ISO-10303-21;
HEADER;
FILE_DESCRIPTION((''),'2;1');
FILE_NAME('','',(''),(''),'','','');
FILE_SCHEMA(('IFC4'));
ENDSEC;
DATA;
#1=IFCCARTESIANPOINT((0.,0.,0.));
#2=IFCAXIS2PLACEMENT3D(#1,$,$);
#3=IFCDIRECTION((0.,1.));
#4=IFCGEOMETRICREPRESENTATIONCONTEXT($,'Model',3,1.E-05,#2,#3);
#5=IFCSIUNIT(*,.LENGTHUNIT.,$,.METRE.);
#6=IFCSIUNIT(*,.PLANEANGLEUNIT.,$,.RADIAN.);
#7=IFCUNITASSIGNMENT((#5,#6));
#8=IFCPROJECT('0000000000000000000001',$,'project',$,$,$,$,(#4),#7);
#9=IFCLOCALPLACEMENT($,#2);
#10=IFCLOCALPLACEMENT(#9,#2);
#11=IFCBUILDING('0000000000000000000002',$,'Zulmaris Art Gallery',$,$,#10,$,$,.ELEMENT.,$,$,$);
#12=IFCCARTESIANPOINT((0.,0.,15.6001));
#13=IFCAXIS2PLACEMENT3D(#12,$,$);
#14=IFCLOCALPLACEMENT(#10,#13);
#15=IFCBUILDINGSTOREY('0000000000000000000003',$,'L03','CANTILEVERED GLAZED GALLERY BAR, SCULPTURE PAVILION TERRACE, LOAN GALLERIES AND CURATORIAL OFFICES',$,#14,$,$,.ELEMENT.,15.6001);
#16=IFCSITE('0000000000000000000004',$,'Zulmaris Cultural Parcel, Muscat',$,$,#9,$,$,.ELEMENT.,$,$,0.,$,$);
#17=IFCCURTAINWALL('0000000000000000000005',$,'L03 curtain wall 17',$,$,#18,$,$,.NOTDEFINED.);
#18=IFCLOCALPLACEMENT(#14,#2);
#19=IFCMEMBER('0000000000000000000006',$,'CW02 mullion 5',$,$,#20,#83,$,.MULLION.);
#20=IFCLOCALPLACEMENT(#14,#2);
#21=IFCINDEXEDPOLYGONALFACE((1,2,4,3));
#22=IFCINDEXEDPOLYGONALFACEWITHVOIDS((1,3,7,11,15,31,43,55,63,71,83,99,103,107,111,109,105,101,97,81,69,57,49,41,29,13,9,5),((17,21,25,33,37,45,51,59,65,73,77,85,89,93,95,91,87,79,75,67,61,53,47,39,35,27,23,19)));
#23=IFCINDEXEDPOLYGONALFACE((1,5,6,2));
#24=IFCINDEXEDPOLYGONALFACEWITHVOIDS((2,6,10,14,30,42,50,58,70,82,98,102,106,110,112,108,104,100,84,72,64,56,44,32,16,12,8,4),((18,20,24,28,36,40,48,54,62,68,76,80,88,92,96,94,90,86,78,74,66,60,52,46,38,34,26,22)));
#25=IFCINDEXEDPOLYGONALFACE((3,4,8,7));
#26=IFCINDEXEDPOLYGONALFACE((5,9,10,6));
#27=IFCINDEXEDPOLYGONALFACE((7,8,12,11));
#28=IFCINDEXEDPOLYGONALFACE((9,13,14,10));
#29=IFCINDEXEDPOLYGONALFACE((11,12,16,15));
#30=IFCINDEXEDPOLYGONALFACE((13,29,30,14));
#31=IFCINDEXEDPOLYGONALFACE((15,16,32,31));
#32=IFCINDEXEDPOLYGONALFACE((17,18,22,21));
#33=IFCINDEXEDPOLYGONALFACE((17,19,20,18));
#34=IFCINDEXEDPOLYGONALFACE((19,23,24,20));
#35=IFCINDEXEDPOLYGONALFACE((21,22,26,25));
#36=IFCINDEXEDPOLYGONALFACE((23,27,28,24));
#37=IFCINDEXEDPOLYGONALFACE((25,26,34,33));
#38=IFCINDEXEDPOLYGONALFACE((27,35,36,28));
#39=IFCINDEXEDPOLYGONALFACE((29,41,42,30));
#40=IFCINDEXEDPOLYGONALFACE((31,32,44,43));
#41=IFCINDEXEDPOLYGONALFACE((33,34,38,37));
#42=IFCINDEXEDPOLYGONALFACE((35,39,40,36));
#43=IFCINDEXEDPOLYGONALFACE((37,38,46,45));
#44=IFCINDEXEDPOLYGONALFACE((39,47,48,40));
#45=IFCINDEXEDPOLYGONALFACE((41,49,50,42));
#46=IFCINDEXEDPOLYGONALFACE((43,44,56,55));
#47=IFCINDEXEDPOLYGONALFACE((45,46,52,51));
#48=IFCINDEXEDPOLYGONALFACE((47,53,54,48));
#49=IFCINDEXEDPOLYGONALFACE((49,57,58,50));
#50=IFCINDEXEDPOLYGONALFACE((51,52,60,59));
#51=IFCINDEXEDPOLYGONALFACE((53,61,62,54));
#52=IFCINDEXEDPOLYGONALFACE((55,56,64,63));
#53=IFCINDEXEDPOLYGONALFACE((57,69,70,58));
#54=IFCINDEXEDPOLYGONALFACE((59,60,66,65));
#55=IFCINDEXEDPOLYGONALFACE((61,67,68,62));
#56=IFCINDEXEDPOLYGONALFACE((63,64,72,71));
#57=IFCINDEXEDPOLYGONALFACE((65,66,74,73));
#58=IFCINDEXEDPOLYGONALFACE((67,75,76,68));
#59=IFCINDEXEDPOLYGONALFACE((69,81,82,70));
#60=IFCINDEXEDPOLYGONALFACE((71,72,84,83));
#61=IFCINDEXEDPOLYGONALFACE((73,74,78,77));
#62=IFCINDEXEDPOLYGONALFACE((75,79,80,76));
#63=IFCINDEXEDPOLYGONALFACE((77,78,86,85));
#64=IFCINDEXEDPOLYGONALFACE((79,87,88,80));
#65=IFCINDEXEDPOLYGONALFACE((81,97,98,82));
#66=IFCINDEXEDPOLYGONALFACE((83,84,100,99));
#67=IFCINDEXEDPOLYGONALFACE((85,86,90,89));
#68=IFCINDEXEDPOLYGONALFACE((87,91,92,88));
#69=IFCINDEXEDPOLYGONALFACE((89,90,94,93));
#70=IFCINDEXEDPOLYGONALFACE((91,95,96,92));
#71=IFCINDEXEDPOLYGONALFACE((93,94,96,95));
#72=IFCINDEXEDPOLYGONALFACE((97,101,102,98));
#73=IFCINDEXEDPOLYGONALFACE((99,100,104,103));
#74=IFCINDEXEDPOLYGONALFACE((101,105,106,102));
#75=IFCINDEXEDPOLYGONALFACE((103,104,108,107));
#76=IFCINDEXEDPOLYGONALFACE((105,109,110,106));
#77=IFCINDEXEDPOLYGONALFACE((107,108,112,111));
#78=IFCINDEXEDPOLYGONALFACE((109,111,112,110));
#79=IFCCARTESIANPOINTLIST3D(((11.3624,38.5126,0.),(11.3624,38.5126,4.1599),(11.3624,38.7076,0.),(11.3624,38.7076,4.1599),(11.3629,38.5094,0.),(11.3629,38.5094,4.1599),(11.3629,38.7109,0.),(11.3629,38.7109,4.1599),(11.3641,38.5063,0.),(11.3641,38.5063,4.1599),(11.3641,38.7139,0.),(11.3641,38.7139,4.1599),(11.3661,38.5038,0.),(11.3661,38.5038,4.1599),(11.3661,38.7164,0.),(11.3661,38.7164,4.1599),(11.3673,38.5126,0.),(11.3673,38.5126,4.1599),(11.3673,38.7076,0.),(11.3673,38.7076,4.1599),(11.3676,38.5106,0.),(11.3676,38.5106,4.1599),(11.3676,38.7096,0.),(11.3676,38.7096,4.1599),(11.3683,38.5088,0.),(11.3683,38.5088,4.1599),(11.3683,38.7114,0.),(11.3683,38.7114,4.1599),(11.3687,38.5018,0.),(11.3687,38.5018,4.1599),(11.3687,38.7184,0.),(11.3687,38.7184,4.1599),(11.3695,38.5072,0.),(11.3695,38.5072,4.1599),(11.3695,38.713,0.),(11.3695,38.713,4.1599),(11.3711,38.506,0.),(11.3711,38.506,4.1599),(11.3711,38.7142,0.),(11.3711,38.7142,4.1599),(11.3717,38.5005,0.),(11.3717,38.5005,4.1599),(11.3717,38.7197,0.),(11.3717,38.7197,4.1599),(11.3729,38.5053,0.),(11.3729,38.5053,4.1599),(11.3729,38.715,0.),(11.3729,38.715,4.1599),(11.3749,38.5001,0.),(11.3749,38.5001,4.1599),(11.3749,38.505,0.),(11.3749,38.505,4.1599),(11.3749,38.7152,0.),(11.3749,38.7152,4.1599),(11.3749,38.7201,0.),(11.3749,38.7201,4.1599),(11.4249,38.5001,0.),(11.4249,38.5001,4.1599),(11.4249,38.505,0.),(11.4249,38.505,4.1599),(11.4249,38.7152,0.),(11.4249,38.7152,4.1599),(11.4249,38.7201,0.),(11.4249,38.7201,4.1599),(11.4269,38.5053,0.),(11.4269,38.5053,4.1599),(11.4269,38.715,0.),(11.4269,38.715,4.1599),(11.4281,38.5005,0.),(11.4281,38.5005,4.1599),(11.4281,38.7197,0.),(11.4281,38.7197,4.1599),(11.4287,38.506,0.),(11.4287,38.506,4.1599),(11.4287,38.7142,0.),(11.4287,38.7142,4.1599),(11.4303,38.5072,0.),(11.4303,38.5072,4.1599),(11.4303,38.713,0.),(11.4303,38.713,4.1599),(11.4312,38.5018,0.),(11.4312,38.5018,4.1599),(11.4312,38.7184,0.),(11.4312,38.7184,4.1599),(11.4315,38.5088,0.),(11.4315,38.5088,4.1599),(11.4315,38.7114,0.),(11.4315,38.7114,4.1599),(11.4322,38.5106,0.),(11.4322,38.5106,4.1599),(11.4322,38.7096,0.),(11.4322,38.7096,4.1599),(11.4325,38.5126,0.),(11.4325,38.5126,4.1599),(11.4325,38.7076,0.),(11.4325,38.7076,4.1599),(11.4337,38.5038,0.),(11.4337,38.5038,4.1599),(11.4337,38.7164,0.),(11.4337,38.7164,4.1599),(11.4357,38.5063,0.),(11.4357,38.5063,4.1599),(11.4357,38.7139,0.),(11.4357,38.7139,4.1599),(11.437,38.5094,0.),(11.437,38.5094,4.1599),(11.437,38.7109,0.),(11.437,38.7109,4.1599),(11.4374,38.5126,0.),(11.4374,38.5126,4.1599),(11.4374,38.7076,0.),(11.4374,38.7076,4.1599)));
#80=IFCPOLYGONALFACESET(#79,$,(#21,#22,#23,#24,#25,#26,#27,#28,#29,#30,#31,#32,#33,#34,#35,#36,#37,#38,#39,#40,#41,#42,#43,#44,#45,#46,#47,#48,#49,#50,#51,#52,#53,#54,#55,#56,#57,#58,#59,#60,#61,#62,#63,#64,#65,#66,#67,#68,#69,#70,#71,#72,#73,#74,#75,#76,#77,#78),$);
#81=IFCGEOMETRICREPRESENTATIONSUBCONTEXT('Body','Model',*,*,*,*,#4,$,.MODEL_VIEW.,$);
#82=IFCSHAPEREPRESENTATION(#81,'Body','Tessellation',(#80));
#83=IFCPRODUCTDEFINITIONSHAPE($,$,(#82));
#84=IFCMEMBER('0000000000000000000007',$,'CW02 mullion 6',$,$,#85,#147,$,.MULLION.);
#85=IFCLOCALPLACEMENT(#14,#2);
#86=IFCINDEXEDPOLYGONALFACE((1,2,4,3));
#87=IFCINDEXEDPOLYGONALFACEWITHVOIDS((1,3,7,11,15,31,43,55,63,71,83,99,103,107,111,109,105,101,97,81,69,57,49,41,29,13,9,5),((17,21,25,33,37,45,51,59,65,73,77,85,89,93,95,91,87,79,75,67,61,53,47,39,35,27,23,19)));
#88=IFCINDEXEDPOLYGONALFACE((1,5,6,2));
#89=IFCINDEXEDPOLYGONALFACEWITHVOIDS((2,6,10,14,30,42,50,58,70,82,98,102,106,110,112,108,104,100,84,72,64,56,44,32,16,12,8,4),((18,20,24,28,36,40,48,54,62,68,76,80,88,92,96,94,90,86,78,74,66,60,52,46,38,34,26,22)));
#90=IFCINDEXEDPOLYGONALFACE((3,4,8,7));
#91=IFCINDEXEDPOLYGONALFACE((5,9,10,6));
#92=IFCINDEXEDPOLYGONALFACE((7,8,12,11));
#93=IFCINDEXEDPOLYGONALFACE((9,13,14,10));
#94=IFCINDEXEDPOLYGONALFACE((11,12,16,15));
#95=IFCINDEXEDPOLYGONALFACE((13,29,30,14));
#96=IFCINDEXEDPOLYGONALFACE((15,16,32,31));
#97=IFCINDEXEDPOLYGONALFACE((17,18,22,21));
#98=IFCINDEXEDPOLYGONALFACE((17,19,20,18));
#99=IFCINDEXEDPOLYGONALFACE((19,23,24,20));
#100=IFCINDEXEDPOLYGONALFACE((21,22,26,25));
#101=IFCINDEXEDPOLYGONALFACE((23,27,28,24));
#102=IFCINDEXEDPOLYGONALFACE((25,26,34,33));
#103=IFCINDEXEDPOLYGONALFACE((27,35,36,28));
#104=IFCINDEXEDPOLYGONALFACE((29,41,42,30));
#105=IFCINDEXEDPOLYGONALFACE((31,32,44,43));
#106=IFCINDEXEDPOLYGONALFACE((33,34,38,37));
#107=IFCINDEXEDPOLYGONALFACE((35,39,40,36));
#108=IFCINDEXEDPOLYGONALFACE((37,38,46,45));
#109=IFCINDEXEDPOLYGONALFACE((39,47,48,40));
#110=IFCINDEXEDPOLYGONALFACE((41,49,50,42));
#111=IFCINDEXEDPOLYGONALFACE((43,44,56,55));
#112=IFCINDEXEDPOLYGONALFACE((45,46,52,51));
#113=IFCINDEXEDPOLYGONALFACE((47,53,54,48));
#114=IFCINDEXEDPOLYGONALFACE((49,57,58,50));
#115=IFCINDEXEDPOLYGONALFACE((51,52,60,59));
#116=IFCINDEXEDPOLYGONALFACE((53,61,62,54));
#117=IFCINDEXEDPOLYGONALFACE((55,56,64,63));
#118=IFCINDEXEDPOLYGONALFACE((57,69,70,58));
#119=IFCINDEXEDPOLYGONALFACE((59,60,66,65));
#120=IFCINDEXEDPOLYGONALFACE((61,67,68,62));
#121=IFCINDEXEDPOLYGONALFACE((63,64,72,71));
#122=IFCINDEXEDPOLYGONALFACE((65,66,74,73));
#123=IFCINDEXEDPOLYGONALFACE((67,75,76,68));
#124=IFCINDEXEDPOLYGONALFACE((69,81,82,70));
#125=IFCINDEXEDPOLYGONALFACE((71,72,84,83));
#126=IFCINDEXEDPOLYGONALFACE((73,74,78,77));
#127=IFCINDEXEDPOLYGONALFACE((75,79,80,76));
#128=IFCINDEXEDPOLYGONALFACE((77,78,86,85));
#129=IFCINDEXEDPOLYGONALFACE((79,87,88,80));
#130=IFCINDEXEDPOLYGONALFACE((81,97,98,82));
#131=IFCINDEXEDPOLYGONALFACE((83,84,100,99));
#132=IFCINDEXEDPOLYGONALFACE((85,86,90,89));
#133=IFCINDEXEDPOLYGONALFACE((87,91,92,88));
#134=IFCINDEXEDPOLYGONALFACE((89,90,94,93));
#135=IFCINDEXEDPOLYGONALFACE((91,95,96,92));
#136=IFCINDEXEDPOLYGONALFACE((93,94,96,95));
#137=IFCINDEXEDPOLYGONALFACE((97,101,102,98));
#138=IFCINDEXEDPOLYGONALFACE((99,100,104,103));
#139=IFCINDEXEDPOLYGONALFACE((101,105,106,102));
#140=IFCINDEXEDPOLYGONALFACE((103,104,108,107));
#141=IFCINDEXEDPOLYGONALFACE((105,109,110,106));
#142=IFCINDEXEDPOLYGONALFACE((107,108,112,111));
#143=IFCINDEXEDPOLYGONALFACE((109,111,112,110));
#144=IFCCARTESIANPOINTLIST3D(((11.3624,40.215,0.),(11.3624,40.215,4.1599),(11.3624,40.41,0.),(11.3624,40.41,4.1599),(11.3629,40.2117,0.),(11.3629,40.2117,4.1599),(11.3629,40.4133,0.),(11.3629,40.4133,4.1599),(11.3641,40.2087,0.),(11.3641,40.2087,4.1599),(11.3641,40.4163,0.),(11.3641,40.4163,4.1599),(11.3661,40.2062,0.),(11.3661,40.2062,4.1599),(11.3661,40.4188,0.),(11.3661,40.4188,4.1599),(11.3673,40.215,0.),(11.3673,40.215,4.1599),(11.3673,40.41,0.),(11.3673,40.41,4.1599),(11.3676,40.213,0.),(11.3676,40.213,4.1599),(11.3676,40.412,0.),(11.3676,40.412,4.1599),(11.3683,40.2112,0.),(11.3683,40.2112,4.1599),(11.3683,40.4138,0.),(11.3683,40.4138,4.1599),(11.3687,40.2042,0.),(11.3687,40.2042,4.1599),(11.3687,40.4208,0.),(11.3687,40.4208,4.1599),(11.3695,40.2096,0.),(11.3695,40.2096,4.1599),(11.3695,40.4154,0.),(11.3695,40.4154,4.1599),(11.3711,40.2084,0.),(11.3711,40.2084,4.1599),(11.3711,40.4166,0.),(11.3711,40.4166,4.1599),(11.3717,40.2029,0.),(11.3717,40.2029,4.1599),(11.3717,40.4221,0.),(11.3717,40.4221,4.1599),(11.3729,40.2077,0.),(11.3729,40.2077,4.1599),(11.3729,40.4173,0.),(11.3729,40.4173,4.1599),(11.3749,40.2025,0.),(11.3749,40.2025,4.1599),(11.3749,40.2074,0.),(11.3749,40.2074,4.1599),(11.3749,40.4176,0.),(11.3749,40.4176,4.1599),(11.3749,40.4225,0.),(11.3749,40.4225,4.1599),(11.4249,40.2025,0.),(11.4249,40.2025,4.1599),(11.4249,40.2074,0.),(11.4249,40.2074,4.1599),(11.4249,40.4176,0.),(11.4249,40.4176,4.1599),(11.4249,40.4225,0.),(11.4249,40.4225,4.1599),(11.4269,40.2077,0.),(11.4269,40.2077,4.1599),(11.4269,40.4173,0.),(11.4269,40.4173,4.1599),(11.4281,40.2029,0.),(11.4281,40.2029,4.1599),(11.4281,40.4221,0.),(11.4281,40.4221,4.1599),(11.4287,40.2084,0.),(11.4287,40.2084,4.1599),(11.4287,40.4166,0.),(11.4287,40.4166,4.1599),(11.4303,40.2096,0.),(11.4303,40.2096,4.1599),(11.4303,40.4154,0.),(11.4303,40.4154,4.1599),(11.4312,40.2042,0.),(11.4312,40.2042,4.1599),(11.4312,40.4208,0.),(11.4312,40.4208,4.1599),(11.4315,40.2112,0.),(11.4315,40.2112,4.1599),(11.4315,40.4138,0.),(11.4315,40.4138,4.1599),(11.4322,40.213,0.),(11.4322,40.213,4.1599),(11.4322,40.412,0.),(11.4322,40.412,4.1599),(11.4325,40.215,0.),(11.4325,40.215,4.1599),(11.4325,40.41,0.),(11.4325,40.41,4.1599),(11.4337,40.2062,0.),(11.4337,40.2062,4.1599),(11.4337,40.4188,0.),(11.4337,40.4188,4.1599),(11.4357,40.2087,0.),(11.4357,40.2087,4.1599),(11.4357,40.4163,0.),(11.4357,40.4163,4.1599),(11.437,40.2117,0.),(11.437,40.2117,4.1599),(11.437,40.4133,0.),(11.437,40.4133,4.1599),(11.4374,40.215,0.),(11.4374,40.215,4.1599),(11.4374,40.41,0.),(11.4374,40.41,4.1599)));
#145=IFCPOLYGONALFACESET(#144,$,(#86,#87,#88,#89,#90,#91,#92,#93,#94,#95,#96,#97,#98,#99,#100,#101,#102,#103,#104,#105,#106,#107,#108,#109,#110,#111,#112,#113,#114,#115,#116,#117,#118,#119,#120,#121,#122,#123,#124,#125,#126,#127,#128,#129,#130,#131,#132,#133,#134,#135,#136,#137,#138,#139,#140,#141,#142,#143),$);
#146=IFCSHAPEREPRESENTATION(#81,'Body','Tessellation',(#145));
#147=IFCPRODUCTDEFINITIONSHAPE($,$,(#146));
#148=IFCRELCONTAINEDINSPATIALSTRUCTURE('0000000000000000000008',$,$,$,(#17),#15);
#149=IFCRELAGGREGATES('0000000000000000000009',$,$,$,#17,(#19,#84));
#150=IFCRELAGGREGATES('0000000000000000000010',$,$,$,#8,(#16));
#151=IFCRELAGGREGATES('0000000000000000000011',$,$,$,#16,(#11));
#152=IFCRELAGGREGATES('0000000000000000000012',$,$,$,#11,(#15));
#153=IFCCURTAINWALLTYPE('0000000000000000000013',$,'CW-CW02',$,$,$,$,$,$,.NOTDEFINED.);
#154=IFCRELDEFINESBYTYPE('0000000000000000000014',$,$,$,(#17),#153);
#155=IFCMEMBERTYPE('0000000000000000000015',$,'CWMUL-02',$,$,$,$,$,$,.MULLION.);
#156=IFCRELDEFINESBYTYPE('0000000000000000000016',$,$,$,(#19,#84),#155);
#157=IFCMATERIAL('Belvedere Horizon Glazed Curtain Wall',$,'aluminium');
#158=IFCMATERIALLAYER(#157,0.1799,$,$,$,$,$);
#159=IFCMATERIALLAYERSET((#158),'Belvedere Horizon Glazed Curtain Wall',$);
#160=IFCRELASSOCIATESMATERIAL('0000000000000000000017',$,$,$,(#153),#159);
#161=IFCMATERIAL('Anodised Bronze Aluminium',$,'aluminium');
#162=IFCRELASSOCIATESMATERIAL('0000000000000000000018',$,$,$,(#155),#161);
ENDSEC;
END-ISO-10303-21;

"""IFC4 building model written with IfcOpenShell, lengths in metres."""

from ifc_helpers import new_model, si_unit, direction, frame, origin, origin_2d, place, context, subcontext, project, spatial, hollow_rectangle, extrude, material, layer, layer_set, material_profile, profile_set, type_object, element, aggregate, save


model = new_model("IFC4")

# Units and contexts
model_context = context("Model", 3, precision=1e-05, world=origin(), true_north=direction((0.0, 1.0)))
body_context = subcontext(model_context, "Body", "Model", "MODEL_VIEW")
ifc_project = project(units=[si_unit("LENGTHUNIT", "METRE"), si_unit("PLANEANGLEUNIT", "RADIAN")], contexts=[model_context])

# Site, building, storey
site_placement = place(None, origin())
site = spatial("IfcSite", under=ifc_project, at=site_placement, Name="Zulmaris Cultural Parcel, Muscat", CompositionType="ELEMENT", RefElevation=0.0)
building_placement = place(site_placement, origin())
building = spatial("IfcBuilding", under=site, at=building_placement, Name="Zulmaris Art Gallery", CompositionType="ELEMENT")
storey_placement = place(building_placement, frame((0.0, 0.0, 15.6001)))
storey = spatial("IfcBuildingStorey", under=building, at=storey_placement, Name="L03", Description="CANTILEVERED GLAZED GALLERY BAR, SCULPTURE PAVILION TERRACE, LOAN GALLERIES AND CURATORIAL OFFICES", CompositionType="ELEMENT", Elevation=15.6001)

# Curtain wall, members
ifc_material_1 = material(Name="Belvedere Horizon Glazed Curtain Wall", Category="aluminium")
ifc_layer_1 = layer(ifc_material_1, 0.1799)
ifc_layer_set_1 = layer_set([ifc_layer_1], Name="Belvedere Horizon Glazed Curtain Wall")
curtain_wall_type = type_object("IfcCurtainWallType", Name="CW-CW02", PredefinedType="NOTDEFINED", material=ifc_layer_set_1)
curtain_wall_placement = place(storey_placement, origin())
curtain_wall = element("IfcCurtainWall", 1, at=curtain_wall_placement, inside=storey, type_object=curtain_wall_type, Name="L03 curtain wall 17", PredefinedType="NOTDEFINED")
ifc_material_2 = material(Name="Anodised Bronze Aluminium", Category="aluminium")
ifc_material_profile_1 = material_profile(ifc_material_2, hollow_rectangle(XDim=0.075, YDim=0.22, WallThickness=0.0049, InnerFilletRadius=0.0076, OuterFilletRadius=0.0125, at=origin_2d()), Name="ALU 75x220x5")
ifc_profile_set_1 = profile_set([ifc_material_profile_1], Name="Anodised Bronze Aluminium")
member_type_1 = type_object("IfcMemberType", Name="CWMUL-02", PredefinedType="MULLION", material=ifc_profile_set_1)
member_1_placement = place(storey_placement, frame((11.3999, 38.6101, 0.0), z_axis=(0.0, 0.0, 1.0), x_axis=(-1.0, 0.0, 0.0)))
member_1 = element("IfcMember", 2, at=member_1_placement, type_object=member_type_1, Name="CW02 mullion 5", PredefinedType="MULLION", context=body_context, shape_type="SweptSolid", body=[
    extrude(hollow_rectangle(XDim=0.075, YDim=0.22, WallThickness=0.0049, InnerFilletRadius=0.0076, OuterFilletRadius=0.0125, at=origin_2d()), origin(), (0.0, 0.0, 1.0), 4.1599),
])
member_2_placement = place(storey_placement, frame((11.3999, 40.3125, 0.0), z_axis=(0.0, 0.0, 1.0), x_axis=(-1.0, 0.0, 0.0)))
member_2 = element("IfcMember", 3, at=member_2_placement, type_object=member_type_1, Name="CW02 mullion 6", PredefinedType="MULLION", context=body_context, shape_type="SweptSolid", body=[
    extrude(hollow_rectangle(XDim=0.075, YDim=0.22, WallThickness=0.0049, InnerFilletRadius=0.0076, OuterFilletRadius=0.0125, at=origin_2d()), origin(), (0.0, 0.0, 1.0), 4.1599),
])

aggregate(curtain_wall, [member_1, member_2])

save(model, "model.ifc")
